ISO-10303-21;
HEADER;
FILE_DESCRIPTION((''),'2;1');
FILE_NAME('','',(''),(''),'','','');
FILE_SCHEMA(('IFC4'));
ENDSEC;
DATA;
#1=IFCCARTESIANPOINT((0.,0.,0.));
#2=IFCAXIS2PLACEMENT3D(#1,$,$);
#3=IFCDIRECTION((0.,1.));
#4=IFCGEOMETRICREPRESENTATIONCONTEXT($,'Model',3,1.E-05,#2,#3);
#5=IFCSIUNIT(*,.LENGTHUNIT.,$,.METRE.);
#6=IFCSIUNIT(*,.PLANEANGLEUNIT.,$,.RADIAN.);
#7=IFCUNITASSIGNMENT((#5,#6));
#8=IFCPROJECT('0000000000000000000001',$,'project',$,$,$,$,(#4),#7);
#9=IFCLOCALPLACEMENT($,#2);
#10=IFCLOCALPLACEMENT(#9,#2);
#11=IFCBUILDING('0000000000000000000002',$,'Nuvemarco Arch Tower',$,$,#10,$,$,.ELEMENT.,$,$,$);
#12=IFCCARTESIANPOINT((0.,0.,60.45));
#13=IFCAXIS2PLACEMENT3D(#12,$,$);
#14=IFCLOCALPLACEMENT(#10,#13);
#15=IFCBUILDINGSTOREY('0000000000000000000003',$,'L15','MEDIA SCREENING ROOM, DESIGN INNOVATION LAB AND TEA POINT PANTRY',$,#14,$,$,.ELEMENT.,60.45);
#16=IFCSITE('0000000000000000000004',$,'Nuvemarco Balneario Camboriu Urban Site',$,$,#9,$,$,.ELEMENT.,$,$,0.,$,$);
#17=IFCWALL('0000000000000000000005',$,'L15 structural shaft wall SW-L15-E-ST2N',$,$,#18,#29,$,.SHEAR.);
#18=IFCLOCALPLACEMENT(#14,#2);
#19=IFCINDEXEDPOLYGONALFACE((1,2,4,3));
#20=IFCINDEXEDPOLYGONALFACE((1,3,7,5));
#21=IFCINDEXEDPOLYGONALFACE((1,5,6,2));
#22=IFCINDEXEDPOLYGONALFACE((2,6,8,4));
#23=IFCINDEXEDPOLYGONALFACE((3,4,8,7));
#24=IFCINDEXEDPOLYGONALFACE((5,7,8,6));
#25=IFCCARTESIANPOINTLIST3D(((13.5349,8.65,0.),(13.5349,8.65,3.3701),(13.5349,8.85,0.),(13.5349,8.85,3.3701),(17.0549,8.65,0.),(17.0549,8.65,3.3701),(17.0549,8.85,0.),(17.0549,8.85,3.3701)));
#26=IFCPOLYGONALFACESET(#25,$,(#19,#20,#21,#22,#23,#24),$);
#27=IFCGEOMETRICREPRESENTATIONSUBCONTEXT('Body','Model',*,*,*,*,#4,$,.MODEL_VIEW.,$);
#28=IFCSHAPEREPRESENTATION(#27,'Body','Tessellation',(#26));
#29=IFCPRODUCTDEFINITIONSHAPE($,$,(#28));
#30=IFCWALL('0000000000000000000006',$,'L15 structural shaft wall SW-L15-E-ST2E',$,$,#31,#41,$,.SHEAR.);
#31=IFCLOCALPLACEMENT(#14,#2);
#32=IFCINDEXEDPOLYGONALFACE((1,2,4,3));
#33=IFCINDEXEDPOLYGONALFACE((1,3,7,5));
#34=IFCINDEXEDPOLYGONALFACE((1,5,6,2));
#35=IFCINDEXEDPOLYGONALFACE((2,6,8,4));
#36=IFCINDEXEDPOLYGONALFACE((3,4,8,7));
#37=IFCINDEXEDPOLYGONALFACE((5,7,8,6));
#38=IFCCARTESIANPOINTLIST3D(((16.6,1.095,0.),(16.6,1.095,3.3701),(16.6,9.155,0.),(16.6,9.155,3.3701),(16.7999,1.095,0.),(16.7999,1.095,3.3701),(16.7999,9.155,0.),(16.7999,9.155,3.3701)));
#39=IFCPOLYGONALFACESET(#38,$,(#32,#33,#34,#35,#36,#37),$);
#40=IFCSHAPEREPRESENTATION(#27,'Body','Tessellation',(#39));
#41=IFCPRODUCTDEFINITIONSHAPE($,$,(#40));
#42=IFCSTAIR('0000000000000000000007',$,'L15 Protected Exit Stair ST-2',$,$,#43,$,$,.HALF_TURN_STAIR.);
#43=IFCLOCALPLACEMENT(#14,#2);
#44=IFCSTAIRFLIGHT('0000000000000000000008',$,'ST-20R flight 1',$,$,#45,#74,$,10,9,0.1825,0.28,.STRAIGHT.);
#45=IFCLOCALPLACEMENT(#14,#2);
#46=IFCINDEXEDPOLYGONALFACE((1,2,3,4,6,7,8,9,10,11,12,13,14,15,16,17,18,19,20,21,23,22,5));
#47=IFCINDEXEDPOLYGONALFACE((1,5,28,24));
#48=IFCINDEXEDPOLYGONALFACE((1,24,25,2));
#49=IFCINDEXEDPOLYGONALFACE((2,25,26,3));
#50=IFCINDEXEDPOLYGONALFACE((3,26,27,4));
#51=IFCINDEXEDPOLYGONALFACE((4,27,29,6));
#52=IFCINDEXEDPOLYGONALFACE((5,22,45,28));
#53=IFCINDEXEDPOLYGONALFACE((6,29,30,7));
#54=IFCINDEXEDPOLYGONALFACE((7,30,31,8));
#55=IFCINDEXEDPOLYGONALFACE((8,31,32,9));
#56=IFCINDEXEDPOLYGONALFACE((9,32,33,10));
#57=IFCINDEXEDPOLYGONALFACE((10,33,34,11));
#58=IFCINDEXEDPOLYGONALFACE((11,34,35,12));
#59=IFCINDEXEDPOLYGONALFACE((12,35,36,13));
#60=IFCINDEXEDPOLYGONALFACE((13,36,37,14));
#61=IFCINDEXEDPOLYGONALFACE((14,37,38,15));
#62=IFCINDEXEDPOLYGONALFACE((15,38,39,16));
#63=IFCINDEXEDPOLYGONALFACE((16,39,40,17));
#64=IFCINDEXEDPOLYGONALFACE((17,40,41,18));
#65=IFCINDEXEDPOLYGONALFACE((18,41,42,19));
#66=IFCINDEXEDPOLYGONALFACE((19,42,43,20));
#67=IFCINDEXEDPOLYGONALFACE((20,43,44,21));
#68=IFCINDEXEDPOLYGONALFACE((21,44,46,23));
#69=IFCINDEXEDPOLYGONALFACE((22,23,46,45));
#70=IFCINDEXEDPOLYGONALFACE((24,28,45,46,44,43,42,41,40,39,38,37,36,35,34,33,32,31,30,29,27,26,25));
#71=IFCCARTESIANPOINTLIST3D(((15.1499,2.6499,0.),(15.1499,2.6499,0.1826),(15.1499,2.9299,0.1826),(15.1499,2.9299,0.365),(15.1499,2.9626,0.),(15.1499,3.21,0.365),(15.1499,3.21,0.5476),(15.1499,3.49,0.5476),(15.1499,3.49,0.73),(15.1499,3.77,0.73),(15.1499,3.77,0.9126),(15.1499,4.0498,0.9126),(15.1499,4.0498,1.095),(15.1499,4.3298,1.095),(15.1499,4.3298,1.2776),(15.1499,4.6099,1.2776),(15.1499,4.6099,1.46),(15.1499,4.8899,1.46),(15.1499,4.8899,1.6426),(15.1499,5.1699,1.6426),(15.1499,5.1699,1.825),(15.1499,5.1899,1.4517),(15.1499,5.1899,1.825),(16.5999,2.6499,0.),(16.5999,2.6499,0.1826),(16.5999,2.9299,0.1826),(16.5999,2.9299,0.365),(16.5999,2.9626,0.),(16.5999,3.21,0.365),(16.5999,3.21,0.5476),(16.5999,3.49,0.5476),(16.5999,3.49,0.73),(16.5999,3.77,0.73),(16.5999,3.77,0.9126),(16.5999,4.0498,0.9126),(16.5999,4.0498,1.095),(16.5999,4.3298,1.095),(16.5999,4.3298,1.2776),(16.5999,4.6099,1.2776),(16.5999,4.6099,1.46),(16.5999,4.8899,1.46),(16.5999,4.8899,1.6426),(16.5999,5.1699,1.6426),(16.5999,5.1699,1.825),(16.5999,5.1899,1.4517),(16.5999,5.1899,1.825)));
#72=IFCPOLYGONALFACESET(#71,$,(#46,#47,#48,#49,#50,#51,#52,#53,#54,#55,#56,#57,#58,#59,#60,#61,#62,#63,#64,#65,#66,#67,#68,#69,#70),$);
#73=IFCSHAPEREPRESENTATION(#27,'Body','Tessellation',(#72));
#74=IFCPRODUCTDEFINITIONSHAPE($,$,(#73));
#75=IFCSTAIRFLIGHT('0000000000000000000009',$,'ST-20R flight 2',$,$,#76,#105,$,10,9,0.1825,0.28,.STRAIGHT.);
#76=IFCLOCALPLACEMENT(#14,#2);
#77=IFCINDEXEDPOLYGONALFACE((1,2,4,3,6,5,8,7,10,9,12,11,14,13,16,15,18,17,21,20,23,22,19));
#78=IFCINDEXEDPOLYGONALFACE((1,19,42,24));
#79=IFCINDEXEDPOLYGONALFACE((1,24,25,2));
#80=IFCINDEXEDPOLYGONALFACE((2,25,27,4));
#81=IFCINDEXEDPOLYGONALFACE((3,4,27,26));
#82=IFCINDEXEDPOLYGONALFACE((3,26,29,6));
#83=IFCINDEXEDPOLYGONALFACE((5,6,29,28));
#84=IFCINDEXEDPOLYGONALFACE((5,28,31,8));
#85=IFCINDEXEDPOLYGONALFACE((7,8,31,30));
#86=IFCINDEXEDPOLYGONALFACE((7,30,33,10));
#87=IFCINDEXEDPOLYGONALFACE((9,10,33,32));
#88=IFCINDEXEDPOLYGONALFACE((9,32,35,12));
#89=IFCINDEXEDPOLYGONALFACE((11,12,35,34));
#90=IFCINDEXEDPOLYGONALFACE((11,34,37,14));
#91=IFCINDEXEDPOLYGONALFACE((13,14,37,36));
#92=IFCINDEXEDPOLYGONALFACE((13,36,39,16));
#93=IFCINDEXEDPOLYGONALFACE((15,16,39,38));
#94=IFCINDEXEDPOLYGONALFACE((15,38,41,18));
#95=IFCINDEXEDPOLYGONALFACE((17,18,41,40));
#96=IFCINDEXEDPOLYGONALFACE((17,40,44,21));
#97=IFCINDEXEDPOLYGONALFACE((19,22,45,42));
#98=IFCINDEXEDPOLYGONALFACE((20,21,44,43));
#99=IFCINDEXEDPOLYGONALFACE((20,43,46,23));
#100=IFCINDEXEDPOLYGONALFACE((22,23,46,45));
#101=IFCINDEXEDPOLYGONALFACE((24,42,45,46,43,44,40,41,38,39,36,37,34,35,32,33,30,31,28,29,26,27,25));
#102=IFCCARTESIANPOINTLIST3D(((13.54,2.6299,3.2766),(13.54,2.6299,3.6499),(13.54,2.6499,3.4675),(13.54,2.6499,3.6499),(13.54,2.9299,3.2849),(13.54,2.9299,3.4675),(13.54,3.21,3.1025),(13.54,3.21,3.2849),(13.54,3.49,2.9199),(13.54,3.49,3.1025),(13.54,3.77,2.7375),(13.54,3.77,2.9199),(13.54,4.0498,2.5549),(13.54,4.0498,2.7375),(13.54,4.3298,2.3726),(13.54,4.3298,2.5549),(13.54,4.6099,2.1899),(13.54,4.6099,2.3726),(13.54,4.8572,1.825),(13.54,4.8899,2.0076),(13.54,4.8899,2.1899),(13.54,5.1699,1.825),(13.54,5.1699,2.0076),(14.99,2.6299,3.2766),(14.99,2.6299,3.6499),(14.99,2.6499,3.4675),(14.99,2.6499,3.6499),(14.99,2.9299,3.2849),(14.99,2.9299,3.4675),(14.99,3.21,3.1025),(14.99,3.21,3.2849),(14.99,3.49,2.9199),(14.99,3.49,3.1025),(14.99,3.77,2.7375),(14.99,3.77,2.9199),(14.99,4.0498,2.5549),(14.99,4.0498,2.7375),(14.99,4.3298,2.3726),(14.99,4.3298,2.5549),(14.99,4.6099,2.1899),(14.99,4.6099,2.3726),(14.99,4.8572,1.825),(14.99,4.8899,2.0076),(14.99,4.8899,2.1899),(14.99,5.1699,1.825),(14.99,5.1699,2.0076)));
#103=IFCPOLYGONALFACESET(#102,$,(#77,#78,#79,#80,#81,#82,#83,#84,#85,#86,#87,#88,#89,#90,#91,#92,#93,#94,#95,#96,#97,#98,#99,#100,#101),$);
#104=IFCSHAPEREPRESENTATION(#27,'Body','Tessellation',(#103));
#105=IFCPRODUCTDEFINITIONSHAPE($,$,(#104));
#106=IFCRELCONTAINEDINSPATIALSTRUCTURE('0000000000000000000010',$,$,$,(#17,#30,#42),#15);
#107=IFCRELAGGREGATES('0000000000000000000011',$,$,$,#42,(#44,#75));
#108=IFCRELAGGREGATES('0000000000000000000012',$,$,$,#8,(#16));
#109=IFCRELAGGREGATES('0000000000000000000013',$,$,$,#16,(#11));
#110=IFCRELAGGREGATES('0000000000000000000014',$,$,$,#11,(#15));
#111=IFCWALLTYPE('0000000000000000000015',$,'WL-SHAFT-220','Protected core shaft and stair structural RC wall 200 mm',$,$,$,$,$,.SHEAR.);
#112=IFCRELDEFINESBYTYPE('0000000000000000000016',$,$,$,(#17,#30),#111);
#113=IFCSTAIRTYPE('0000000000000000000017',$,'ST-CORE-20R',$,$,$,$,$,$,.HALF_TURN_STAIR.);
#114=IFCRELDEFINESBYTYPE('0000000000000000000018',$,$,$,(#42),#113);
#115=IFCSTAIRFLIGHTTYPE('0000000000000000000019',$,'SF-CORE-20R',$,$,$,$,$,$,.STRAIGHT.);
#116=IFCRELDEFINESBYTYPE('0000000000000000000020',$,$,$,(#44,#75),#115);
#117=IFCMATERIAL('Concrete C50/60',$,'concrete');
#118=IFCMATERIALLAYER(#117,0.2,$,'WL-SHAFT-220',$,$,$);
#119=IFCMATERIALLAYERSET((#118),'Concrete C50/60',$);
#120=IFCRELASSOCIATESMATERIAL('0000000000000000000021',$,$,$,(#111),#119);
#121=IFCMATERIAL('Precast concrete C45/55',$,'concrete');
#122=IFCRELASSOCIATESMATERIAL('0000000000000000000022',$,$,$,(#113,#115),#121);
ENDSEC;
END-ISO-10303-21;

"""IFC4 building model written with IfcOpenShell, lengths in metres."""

from ifc_helpers import new_model, si_unit, direction, frame, frame_2d, origin, place, context, subcontext, project, spatial, polyline, rectangle, outline, extrude, material, layer, layer_set, type_object, element, aggregate, save


model = new_model("IFC4")

# Units and contexts
model_context = context("Model", 3, precision=1e-05, world=origin(), true_north=direction((0.0, 1.0)))
body_context = subcontext(model_context, "Body", "Model", "MODEL_VIEW")
ifc_project = project(units=[si_unit("LENGTHUNIT", "METRE"), si_unit("PLANEANGLEUNIT", "RADIAN")], contexts=[model_context])

# Site, building, storey
site_placement = place(None, origin())
site = spatial("IfcSite", under=ifc_project, at=site_placement, Name="Nuvemarco Balneario Camboriu Urban Site", CompositionType="ELEMENT", RefElevation=0.0)
building_placement = place(site_placement, origin())
building = spatial("IfcBuilding", under=site, at=building_placement, Name="Nuvemarco Arch Tower", CompositionType="ELEMENT")
storey_placement = place(building_placement, frame((0.0, 0.0, 60.45)))
storey = spatial("IfcBuildingStorey", under=building, at=storey_placement, Name="L15", Description="MEDIA SCREENING ROOM, DESIGN INNOVATION LAB AND TEA POINT PANTRY", CompositionType="ELEMENT", Elevation=60.45)

# Shared definitions
ifc_material_1 = material(Name="Precast concrete C45/55", Category="concrete")

# Shared definitions
ifc_material_2 = material(Name="Concrete C50/60", Category="concrete")
ifc_layer_1 = layer(ifc_material_2, 0.2, Name="WL-SHAFT-220")
ifc_layer_set_1 = layer_set([ifc_layer_1], Name="Concrete C50/60")
wall_type_1 = type_object("IfcWallType", Name="WL-SHAFT-220", Description="Protected core shaft and stair structural RC wall 200 mm", PredefinedType="SHEAR", material=ifc_layer_set_1)

# Walls
for number, where, z_axis, x_axis, name in (
    (1, (13.5349, 8.75, 0.0), (0.0, 0.0, 1.0), (1.0, 0.0, 0.0), "L15 structural shaft wall SW-L15-E-ST2N"),
):
    element("IfcWall", number, at=place(storey_placement, frame(where, z_axis=z_axis, x_axis=x_axis)), inside=storey, type_object=wall_type_1, Name=name, PredefinedType="SHEAR", context=body_context, shape_type="SweptSolid", body=[
        extrude(rectangle(XDim=3.52, YDim=0.2, at=frame_2d((1.76, 0.0))), origin(), (0.0, 0.0, 1.0), 3.3701),
    ])
wall_1_placement = place(storey_placement, frame((16.7, 1.095, 0.0), z_axis=(0.0, 0.0, 1.0), x_axis=(0.0, 1.0, 0.0)))
element("IfcWall", 2, at=wall_1_placement, inside=storey, type_object=wall_type_1, Name="L15 structural shaft wall SW-L15-E-ST2E", PredefinedType="SHEAR", context=body_context, shape_type="SweptSolid", body=[
    extrude(rectangle(XDim=8.0601, YDim=0.2, at=frame_2d((4.03, 0.0))), origin(), (0.0, 0.0, 1.0), 3.3701),
])

# Stair, stair flights
stair_type = type_object("IfcStairType", Name="ST-CORE-20R", PredefinedType="HALF_TURN_STAIR", material=ifc_material_1)
stair_placement = place(storey_placement, origin())
stair = element("IfcStair", 3, at=stair_placement, inside=storey, type_object=stair_type, Name="L15 Protected Exit Stair ST-2", PredefinedType="HALF_TURN_STAIR")
stair_flight_type = type_object("IfcStairFlightType", Name="SF-CORE-20R", PredefinedType="STRAIGHT", material=ifc_material_1)
stair_flight_1_placement = place(storey_placement, frame((15.875, 2.6499, 0.0), z_axis=(0.0, 0.0, 1.0), x_axis=(0.0, 1.0, 0.0)))
stair_flight_1 = element("IfcStairFlight", 4, at=stair_flight_1_placement, type_object=stair_flight_type, Name="ST-20R flight 1", NumberOfRisers=10, NumberOfTreads=9, PredefinedType="STRAIGHT", RiserHeight=0.1825, TreadLength=0.28, context=body_context, shape_type="SweptSolid", body=[
    extrude(outline(polyline([(0.0, 0.0), (0.0, 0.1826), (0.28, 0.1826), (0.28, 0.365), (0.5601, 0.365), (0.5601, 0.5476), (0.8401, 0.5476), (0.8401, 0.73), (1.1201, 0.73), (1.1201, 0.9126), (1.3999, 0.9126), (1.3999, 1.095), (1.6799, 1.095), (1.6799, 1.2776), (1.96, 1.2776), (1.96, 1.46), (2.24, 1.46), (2.24, 1.6426), (2.52, 1.6426), (2.52, 1.825), (2.54, 1.825), (2.54, 1.4517), (0.3127, 0.0), (0.0, 0.0)])), frame((0.0, 0.7251, 0.0), z_axis=(0.0, -1.0, 0.0), x_axis=(1.0, 0.0, 0.0)), (0.0, 0.0, 1.0), 1.45),
])
stair_flight_2_placement = place(storey_placement, frame((14.2649, 5.1699, 1.825), z_axis=(0.0, 0.0, 1.0), x_axis=(0.0, -1.0, 0.0)))
stair_flight_2 = element("IfcStairFlight", 5, at=stair_flight_2_placement, type_object=stair_flight_type, Name="ST-20R flight 2", NumberOfRisers=10, NumberOfTreads=9, PredefinedType="STRAIGHT", RiserHeight=0.1825, TreadLength=0.28, context=body_context, shape_type="SweptSolid", body=[
    extrude(outline(polyline([(0.0, 0.0), (0.0, 0.1826), (0.28, 0.1826), (0.28, 0.365), (0.5601, 0.365), (0.5601, 0.5476), (0.8401, 0.5476), (0.8401, 0.73), (1.1201, 0.73), (1.1201, 0.9126), (1.3999, 0.9126), (1.3999, 1.095), (1.6799, 1.095), (1.6799, 1.2776), (1.96, 1.2776), (1.96, 1.46), (2.24, 1.46), (2.24, 1.6426), (2.52, 1.6426), (2.52, 1.825), (2.54, 1.825), (2.54, 1.4517), (0.3127, 0.0), (0.0, 0.0)])), frame((0.0, 0.7251, 0.0), z_axis=(0.0, -1.0, 0.0), x_axis=(1.0, 0.0, 0.0)), (0.0, 0.0, 1.0), 1.45),
])
aggregate(stair, [stair_flight_1, stair_flight_2])

save(model, "model.ifc")
